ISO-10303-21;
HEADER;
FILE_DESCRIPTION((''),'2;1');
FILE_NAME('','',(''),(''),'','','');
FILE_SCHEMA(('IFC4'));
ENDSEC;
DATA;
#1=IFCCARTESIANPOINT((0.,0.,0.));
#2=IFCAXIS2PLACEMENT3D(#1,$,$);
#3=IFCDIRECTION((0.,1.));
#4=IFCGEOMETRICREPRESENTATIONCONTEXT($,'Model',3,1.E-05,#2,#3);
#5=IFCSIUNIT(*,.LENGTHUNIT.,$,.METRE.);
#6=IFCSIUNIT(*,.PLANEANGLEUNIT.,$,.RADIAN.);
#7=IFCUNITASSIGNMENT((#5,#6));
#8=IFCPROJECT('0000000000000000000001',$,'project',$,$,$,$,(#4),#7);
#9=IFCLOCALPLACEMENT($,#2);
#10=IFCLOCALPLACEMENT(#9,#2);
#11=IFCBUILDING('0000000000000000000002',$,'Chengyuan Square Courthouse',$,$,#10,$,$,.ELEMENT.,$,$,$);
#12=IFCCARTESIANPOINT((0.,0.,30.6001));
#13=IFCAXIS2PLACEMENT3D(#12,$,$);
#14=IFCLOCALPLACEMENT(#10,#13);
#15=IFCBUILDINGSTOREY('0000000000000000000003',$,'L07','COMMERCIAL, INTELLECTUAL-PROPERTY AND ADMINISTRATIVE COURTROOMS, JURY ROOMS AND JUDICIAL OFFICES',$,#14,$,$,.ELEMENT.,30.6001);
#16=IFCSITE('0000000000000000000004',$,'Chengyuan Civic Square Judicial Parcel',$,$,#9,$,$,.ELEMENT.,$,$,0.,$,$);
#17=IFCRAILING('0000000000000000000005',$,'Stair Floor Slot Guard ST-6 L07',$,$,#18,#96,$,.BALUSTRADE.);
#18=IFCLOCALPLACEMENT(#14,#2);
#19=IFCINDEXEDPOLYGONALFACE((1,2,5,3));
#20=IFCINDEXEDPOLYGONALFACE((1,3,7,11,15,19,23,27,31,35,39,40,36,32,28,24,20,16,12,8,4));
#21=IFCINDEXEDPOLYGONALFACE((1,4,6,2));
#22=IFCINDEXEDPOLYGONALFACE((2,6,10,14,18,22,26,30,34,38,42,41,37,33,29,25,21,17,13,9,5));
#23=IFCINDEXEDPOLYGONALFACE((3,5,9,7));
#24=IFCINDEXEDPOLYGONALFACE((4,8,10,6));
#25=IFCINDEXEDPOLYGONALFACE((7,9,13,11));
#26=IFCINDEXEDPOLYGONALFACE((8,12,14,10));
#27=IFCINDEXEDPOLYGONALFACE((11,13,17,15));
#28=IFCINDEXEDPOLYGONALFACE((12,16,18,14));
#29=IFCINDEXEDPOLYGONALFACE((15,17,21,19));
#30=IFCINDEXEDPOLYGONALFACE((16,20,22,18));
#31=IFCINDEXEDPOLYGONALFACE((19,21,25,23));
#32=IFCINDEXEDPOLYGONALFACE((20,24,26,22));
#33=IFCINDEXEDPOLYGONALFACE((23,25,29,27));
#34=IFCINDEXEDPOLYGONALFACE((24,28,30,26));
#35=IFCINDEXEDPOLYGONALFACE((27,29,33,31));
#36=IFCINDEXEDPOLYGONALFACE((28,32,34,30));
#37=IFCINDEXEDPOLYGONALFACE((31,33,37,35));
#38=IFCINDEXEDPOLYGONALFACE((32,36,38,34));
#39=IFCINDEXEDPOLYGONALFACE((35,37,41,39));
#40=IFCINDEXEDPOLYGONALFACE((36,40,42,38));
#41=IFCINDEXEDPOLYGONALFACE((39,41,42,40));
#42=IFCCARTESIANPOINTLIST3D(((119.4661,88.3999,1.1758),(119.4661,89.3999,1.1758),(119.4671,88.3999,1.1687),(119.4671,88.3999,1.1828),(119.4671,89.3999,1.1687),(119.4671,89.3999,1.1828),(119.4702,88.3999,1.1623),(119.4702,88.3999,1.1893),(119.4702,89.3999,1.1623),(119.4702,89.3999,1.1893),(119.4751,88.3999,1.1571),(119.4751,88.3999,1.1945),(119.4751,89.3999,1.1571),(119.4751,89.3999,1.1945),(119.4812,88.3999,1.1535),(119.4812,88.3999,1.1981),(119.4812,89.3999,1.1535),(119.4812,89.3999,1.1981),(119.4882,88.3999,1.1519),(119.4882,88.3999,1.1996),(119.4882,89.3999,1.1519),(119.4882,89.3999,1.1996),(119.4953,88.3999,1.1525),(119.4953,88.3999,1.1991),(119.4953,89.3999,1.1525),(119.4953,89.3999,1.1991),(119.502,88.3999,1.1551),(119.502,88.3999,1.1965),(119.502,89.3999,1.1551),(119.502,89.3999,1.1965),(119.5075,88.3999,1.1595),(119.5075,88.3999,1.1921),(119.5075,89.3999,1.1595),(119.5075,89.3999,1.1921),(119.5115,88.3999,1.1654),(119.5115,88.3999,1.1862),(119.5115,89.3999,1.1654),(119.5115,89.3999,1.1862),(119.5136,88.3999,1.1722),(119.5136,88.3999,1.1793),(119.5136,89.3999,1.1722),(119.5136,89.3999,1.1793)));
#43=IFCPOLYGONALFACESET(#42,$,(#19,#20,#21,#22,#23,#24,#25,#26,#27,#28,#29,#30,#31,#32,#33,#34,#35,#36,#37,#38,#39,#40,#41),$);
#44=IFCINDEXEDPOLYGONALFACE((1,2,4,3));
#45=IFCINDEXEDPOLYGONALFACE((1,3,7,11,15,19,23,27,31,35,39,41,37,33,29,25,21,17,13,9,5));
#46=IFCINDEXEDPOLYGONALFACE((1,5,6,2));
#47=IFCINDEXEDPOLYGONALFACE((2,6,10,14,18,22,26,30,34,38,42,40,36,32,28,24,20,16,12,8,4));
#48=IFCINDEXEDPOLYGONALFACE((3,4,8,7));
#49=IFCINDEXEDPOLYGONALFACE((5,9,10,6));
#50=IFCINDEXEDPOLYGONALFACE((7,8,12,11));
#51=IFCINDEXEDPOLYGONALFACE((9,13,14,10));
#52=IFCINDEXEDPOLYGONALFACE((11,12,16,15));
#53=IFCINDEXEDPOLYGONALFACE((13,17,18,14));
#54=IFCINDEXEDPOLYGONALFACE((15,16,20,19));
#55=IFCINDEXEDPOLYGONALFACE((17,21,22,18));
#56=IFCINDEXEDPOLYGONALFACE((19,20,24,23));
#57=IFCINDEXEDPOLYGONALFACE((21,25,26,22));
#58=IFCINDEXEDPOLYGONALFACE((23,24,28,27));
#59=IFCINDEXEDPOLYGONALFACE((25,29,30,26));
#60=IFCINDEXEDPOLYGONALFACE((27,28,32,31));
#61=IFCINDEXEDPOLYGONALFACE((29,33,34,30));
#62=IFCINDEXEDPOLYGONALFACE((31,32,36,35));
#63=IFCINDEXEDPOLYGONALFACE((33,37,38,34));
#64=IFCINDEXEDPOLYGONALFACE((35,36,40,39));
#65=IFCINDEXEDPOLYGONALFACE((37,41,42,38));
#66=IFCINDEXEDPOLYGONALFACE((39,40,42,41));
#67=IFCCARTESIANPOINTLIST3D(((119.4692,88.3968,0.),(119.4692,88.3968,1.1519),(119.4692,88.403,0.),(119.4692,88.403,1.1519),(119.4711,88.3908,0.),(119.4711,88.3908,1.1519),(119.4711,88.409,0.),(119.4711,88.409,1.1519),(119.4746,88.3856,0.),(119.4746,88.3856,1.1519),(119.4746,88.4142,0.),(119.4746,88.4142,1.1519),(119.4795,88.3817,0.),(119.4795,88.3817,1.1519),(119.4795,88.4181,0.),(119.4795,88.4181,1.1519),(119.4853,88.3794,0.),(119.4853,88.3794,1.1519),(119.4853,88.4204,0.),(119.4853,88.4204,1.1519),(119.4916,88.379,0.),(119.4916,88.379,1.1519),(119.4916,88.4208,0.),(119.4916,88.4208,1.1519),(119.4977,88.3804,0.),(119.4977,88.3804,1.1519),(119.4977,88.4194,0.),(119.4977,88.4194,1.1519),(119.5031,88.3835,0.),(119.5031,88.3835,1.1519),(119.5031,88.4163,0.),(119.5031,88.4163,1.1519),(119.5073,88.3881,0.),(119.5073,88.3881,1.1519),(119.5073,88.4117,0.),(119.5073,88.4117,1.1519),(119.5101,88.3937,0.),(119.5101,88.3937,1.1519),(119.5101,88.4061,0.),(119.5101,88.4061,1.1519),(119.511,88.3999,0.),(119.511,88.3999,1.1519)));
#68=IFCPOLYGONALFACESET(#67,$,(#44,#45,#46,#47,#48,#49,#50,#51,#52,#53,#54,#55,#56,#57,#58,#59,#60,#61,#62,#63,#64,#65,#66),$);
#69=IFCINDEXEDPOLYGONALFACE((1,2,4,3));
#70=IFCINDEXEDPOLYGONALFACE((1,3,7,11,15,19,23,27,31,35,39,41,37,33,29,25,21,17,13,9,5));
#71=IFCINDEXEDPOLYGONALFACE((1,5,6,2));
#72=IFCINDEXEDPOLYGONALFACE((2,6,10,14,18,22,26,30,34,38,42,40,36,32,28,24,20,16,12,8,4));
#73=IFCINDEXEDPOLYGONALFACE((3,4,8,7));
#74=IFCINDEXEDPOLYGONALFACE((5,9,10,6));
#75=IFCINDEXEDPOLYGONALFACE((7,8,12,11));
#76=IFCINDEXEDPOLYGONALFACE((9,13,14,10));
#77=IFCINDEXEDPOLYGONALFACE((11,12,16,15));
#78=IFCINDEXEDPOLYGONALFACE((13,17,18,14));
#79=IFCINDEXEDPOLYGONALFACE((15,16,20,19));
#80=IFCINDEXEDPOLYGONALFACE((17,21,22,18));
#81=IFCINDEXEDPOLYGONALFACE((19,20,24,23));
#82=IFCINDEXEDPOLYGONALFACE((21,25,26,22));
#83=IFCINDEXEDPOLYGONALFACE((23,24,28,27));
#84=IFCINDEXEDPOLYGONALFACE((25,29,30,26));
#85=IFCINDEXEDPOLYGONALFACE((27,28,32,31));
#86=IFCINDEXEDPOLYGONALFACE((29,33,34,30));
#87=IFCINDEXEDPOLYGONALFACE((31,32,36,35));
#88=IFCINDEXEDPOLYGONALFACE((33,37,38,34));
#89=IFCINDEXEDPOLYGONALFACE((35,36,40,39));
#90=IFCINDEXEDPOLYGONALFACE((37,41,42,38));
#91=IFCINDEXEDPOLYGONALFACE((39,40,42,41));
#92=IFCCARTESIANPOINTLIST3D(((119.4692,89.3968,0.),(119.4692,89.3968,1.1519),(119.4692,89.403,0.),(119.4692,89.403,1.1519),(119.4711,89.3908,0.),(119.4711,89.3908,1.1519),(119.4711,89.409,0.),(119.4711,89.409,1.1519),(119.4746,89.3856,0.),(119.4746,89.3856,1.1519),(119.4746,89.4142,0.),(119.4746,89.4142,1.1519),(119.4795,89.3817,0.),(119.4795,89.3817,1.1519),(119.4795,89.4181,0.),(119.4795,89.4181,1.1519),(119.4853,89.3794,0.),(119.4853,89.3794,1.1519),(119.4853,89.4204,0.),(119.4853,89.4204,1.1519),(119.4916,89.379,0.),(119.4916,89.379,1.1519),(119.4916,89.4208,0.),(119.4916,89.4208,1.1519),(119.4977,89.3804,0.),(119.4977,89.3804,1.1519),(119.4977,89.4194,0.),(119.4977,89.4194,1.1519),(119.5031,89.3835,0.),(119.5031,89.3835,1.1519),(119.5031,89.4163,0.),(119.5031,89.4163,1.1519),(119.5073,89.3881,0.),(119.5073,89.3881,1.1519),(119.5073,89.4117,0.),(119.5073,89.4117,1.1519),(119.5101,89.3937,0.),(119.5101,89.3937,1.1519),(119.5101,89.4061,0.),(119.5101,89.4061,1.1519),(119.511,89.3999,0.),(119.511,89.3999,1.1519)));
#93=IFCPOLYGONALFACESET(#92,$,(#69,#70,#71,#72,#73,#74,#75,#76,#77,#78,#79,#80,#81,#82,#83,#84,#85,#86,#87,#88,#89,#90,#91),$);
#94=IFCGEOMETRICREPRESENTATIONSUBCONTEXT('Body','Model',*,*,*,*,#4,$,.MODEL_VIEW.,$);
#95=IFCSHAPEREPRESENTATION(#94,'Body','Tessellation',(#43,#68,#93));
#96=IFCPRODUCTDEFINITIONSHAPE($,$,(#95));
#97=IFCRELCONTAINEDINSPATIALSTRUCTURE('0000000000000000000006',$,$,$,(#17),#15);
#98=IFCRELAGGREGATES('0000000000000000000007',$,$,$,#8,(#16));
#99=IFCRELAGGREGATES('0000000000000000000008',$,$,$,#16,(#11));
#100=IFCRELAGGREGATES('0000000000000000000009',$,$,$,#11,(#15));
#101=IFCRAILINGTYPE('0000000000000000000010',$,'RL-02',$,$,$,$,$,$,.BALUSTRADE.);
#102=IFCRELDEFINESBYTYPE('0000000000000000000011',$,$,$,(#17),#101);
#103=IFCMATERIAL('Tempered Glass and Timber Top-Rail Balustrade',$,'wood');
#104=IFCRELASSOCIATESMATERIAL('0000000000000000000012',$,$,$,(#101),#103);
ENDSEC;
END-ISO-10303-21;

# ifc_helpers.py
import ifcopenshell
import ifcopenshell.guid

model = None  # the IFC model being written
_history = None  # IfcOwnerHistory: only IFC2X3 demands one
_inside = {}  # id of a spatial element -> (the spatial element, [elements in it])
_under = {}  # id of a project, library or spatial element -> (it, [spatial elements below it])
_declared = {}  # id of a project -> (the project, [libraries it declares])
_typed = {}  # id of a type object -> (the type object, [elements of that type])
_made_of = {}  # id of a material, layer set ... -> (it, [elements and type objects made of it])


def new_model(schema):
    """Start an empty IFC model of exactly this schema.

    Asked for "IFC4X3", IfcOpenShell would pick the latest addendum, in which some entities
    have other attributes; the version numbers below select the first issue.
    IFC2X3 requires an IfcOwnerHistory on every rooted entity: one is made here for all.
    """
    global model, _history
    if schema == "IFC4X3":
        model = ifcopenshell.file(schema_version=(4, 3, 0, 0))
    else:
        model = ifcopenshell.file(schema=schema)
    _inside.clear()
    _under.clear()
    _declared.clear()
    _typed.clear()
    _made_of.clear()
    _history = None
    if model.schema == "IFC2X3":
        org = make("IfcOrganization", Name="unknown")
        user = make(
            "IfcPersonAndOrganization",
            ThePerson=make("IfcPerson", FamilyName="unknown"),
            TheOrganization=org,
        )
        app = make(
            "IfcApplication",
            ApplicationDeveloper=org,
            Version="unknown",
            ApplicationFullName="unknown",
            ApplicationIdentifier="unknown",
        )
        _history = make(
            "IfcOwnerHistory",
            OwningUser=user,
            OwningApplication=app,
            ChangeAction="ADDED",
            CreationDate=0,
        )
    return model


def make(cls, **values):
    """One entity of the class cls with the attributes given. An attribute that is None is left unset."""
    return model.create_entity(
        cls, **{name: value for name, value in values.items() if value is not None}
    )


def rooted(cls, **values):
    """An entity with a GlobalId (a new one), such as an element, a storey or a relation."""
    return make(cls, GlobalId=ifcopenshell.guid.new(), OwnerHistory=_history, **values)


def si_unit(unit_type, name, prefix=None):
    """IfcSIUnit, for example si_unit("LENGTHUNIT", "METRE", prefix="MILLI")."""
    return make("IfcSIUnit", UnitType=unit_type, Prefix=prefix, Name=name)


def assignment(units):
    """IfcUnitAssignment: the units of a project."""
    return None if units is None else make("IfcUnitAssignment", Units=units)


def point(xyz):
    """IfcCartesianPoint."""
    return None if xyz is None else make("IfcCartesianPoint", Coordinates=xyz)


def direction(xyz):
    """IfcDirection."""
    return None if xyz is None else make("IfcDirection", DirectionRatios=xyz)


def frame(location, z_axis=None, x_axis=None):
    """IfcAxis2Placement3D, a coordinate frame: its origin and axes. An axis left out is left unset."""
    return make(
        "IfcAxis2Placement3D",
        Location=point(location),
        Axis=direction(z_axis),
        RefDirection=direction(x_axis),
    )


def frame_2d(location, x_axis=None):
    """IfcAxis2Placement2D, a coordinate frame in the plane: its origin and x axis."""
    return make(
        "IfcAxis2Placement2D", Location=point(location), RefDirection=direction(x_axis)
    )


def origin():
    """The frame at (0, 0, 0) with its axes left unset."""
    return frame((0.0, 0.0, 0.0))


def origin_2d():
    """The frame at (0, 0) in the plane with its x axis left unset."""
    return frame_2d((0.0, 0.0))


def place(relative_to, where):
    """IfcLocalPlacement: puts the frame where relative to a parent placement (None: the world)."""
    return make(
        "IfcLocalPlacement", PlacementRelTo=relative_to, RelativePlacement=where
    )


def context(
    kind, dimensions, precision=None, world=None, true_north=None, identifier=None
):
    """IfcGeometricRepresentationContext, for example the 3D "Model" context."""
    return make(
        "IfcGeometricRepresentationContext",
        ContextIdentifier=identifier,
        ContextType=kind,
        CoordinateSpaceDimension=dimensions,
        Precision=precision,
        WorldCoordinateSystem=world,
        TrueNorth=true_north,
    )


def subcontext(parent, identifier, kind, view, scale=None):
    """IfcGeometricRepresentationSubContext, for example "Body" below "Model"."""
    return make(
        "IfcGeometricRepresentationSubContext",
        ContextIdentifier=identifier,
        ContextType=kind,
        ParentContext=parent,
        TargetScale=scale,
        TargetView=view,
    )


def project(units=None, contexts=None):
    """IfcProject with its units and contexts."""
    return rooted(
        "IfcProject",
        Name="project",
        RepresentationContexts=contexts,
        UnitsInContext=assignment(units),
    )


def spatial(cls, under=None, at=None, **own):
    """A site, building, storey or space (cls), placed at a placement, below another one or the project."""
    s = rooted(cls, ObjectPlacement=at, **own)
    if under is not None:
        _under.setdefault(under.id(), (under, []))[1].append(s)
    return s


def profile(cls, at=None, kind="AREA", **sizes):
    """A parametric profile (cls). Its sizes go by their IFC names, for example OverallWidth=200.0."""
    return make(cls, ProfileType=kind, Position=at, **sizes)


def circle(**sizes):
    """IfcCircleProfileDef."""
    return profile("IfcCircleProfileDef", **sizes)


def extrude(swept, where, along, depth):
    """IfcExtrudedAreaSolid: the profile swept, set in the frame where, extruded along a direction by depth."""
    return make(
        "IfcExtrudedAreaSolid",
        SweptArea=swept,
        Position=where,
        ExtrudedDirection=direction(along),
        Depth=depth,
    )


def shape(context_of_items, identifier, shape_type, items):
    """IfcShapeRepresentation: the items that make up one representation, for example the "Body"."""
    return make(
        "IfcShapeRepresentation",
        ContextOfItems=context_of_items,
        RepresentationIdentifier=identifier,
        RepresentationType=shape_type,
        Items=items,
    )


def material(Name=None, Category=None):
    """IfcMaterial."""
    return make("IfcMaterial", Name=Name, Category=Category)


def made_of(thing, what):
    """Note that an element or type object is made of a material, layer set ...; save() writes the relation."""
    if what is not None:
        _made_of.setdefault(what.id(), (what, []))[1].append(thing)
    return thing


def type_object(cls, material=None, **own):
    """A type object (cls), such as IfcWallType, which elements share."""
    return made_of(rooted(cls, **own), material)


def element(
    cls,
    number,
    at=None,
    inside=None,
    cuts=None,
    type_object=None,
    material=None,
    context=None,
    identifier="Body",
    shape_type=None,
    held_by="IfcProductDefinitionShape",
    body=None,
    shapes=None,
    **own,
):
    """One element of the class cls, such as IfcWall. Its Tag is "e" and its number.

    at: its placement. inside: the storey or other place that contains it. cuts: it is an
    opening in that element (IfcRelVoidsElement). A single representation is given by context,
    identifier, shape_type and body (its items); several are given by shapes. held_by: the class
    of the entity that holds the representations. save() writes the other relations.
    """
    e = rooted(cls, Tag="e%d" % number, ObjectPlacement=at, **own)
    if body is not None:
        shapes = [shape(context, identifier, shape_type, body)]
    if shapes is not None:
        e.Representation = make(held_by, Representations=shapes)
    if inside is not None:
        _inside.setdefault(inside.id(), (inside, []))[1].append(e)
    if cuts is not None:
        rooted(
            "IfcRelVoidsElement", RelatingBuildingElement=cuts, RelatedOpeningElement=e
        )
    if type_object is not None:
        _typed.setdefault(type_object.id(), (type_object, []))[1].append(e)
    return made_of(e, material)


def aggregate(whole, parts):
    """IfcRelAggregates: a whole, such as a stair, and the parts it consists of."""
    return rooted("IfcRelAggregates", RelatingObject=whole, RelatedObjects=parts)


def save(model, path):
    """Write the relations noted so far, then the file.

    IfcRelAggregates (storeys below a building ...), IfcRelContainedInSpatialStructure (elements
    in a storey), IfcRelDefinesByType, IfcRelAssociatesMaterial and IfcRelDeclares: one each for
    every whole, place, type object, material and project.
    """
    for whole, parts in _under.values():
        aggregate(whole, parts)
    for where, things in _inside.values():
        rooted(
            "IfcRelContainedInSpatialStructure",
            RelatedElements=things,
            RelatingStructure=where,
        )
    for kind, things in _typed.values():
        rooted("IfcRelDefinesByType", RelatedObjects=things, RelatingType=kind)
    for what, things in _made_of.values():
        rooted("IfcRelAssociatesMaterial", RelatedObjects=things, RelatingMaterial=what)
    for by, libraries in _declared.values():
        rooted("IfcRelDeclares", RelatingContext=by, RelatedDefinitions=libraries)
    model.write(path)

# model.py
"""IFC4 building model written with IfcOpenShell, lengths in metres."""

from ifc_helpers import new_model, si_unit, direction, frame, origin, origin_2d, place, context, subcontext, project, spatial, circle, extrude, material, type_object, element, save


model = new_model("IFC4")

# Units and contexts
model_context = context("Model", 3, precision=1e-05, world=origin(), true_north=direction((0.0, 1.0)))
body_context = subcontext(model_context, "Body", "Model", "MODEL_VIEW")
ifc_project = project(units=[si_unit("LENGTHUNIT", "METRE"), si_unit("PLANEANGLEUNIT", "RADIAN")], contexts=[model_context])

# Site, building, storey
site_placement = place(None, origin())
site = spatial("IfcSite", under=ifc_project, at=site_placement, Name="Chengyuan Civic Square Judicial Parcel", CompositionType="ELEMENT", RefElevation=0.0)
building_placement = place(site_placement, origin())
building = spatial("IfcBuilding", under=site, at=building_placement, Name="Chengyuan Square Courthouse", CompositionType="ELEMENT")
storey_placement = place(building_placement, frame((0.0, 0.0, 30.6001)))
storey = spatial("IfcBuildingStorey", under=building, at=storey_placement, Name="L07", Description="COMMERCIAL, INTELLECTUAL-PROPERTY AND ADMINISTRATIVE COURTROOMS, JURY ROOMS AND JUDICIAL OFFICES", CompositionType="ELEMENT", Elevation=30.6001)

# Railing
ifc_material_1 = material(Name="Tempered Glass and Timber Top-Rail Balustrade", Category="wood")
railing_type_1 = type_object("IfcRailingType", Name="RL-02", PredefinedType="BALUSTRADE", material=ifc_material_1)
railing_1_placement = place(storey_placement, frame((119.49, 88.3999, 0.0)))
element("IfcRailing", 1, at=railing_1_placement, inside=storey, type_object=railing_type_1, Name="Stair Floor Slot Guard ST-6 L07", PredefinedType="BALUSTRADE", context=body_context, shape_type="SweptSolid", body=[
    extrude(circle(Radius=0.0239, at=origin_2d()), frame((0.0, 0.0, 1.1758), z_axis=(0.0, 1.0, 0.0), x_axis=(-1.0, 0.0, 0.0)), (0.0, 0.0, 1.0), 1.0),
    extrude(circle(Radius=0.021, at=origin_2d()), origin(), (0.0, 0.0, 1.0), 1.1519),
    extrude(circle(Radius=0.021, at=origin_2d()), frame((0.0, 1.0, 0.0)), (0.0, 0.0, 1.0), 1.1519),
])

save(model, "model.ifc")
